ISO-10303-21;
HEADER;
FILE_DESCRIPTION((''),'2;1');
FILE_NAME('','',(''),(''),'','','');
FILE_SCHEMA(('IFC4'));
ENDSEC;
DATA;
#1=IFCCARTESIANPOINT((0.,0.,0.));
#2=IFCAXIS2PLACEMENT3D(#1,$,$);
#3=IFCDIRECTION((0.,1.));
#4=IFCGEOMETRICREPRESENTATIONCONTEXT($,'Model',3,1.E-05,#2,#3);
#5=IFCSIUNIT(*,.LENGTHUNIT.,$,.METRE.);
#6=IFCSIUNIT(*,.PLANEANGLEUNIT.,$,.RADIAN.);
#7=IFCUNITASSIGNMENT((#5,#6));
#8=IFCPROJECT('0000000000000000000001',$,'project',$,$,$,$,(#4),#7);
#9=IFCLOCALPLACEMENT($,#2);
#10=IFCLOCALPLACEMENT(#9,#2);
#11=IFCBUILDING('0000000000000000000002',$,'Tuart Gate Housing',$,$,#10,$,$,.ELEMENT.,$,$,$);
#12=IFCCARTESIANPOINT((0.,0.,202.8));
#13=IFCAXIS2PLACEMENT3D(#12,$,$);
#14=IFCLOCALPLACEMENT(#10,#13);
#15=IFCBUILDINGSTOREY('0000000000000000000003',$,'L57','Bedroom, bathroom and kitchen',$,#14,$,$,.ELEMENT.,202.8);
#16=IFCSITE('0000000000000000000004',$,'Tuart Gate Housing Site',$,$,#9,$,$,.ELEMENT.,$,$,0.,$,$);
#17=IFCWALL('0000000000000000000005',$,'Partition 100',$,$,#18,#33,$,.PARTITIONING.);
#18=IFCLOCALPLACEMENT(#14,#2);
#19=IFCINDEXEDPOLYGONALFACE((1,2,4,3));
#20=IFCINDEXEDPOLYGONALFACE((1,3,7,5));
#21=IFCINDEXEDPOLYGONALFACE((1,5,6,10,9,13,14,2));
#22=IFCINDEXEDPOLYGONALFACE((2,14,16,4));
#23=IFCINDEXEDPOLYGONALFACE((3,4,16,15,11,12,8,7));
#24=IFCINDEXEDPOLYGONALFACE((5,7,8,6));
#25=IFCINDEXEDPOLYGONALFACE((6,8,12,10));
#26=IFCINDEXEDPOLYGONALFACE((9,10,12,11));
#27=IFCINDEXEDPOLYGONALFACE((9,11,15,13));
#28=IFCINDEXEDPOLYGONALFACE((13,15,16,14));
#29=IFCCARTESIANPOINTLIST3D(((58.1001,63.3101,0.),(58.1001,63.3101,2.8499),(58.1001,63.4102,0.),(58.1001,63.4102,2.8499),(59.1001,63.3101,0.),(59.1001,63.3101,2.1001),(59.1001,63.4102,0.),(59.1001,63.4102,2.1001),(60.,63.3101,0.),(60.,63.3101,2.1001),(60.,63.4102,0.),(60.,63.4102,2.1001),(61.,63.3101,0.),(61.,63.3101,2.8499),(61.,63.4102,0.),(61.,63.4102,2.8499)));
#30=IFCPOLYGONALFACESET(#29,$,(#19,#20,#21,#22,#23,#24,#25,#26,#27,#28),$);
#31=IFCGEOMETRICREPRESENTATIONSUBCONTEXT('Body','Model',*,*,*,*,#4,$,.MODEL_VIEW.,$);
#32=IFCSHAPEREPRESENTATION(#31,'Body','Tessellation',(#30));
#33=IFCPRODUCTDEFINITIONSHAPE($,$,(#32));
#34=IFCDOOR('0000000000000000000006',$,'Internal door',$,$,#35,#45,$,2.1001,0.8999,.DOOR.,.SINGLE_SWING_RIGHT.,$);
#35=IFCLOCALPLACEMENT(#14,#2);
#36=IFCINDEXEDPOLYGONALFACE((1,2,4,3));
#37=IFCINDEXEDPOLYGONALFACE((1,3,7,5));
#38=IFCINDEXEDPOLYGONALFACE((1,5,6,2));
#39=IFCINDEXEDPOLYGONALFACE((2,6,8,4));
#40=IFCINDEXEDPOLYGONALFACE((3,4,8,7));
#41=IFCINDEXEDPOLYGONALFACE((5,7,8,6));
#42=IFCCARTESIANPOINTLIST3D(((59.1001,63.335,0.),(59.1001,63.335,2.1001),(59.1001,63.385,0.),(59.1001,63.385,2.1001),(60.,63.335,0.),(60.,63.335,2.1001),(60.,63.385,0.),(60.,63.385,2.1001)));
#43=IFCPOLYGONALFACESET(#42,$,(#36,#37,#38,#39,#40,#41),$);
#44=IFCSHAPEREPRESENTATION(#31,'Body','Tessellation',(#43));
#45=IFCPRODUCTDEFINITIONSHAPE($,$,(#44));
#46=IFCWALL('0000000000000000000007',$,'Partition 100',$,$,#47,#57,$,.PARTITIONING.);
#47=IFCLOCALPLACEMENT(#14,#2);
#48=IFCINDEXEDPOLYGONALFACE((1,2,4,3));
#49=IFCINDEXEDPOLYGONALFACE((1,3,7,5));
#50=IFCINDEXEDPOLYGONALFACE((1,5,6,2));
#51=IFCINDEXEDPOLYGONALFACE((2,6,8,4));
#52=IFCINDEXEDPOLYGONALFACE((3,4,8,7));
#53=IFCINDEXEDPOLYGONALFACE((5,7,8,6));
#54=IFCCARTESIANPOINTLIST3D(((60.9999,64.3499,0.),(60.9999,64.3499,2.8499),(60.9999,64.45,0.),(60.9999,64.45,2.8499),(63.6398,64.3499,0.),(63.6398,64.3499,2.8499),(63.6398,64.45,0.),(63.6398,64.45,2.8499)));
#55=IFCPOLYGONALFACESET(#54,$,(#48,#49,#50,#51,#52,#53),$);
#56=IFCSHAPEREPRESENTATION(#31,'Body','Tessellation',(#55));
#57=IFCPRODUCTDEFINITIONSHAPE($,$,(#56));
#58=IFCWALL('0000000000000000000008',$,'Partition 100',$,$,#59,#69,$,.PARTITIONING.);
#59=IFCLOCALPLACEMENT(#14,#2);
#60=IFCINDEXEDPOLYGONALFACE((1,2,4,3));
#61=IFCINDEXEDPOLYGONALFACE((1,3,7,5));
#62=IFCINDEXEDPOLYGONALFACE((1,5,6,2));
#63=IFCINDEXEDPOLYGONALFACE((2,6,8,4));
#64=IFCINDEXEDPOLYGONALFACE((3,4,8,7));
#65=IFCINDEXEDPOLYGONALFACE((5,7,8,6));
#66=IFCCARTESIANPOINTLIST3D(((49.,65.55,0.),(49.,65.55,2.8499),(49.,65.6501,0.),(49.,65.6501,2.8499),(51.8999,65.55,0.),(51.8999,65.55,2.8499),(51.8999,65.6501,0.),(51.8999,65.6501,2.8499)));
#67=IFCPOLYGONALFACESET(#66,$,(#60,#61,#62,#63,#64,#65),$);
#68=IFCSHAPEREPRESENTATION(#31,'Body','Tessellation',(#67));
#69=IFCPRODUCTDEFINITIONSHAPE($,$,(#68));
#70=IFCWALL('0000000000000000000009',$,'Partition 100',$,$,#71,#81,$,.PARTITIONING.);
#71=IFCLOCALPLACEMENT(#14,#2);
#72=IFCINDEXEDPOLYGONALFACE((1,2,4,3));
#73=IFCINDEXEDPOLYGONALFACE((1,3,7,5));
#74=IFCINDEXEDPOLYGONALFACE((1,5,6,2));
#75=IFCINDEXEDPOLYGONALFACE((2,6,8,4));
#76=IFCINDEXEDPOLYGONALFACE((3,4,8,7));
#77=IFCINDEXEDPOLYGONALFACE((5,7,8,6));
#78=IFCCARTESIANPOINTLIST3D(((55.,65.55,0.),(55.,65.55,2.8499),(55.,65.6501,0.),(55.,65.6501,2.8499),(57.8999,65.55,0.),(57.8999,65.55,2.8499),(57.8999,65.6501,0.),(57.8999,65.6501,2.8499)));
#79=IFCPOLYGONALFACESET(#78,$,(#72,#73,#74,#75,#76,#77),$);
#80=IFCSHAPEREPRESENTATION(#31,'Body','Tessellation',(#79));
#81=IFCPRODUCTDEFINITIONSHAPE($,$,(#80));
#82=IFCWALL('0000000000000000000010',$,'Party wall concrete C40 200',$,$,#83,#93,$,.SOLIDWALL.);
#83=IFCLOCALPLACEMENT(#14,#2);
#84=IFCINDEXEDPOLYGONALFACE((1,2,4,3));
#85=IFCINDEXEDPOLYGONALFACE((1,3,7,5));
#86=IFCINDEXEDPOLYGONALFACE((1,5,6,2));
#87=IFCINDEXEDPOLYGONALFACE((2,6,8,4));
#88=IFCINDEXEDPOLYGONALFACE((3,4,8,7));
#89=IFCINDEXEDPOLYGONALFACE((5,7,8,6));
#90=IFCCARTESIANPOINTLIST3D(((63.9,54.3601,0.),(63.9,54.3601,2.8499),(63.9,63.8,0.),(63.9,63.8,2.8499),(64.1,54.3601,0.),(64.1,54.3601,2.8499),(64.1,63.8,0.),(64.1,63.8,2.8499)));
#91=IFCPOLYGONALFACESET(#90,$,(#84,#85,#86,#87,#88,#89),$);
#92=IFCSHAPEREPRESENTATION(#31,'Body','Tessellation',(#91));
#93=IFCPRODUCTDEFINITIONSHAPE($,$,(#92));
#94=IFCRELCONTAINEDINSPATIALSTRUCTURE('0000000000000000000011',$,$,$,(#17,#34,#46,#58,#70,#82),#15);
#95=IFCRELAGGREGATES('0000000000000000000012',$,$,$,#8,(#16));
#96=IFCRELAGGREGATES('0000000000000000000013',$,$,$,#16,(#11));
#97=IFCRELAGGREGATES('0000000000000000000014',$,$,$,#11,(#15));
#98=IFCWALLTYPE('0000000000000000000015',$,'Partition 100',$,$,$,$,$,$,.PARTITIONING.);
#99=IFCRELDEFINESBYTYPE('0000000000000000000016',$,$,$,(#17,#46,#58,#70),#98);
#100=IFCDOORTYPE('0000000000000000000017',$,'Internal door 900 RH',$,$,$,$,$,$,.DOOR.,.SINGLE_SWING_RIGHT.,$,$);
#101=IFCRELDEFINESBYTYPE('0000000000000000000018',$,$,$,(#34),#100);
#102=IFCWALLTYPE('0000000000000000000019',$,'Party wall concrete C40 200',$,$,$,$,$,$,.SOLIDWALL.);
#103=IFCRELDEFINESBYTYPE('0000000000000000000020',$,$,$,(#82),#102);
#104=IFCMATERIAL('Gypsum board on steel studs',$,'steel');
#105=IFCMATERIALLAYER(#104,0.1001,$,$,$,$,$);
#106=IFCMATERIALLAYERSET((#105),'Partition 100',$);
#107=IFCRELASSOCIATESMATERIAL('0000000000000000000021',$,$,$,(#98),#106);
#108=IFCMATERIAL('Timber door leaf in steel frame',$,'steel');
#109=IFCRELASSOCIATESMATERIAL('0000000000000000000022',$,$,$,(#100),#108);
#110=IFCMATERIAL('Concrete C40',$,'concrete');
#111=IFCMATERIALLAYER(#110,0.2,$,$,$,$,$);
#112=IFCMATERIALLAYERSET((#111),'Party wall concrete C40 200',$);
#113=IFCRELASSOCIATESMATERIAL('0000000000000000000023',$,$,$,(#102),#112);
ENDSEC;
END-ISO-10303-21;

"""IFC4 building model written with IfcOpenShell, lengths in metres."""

from ifc_helpers import new_model, si_unit, direction, frame, frame_2d, origin, place, context, subcontext, project, spatial, rectangle, extrude, material, layer, layer_set, type_object, element, fill, save


model = new_model("IFC4")

# Units and contexts
model_context = context("Model", 3, precision=1e-05, world=origin(), true_north=direction((0.0, 1.0)))
body_context = subcontext(model_context, "Body", "Model", "MODEL_VIEW")
ifc_project = project(units=[si_unit("LENGTHUNIT", "METRE"), si_unit("PLANEANGLEUNIT", "RADIAN")], contexts=[model_context])

# Site, building, storey
site_placement = place(None, origin())
site = spatial("IfcSite", under=ifc_project, at=site_placement, Name="Tuart Gate Housing Site", CompositionType="ELEMENT", RefElevation=0.0)
building_placement = place(site_placement, origin())
building = spatial("IfcBuilding", under=site, at=building_placement, Name="Tuart Gate Housing", CompositionType="ELEMENT")
storey_placement = place(building_placement, frame((0.0, 0.0, 202.8)))
storey = spatial("IfcBuildingStorey", under=building, at=storey_placement, Name="L57", Description="Bedroom, bathroom and kitchen", CompositionType="ELEMENT", Elevation=202.8)

# Wall, opening, door
ifc_material_1 = material(Name="Gypsum board on steel studs", Category="steel")
ifc_layer_1 = layer(ifc_material_1, 0.1001)
ifc_layer_set_1 = layer_set([ifc_layer_1], Name="Partition 100")
wall_type_1 = type_object("IfcWallType", Name="Partition 100", PredefinedType="PARTITIONING", material=ifc_layer_set_1)
ifc_material_2 = material(Name="Timber door leaf in steel frame", Category="steel")
door_type_1 = type_object("IfcDoorType", Name="Internal door 900 RH", OperationType="SINGLE_SWING_RIGHT", PredefinedType="DOOR", material=ifc_material_2)
wall_1_placement = place(storey_placement, frame((58.1001, 63.3601, 0.0), z_axis=(0.0, 0.0, 1.0), x_axis=(1.0, 0.0, 0.0)))
wall_1 = element("IfcWall", 1, at=wall_1_placement, inside=storey, type_object=wall_type_1, Name="Partition 100", PredefinedType="PARTITIONING", context=body_context, shape_type="SweptSolid", body=[
    extrude(rectangle(XDim=2.8999, YDim=0.1001, at=frame_2d((1.45, 0.0))), origin(), (0.0, 0.0, 1.0), 2.8499),
])
opening_1_placement = place(wall_1_placement, frame((1.0, 0.0, 0.0)))
opening_1 = element("IfcOpeningElement", 2, at=opening_1_placement, cuts=wall_1, PredefinedType="OPENING", context=body_context, shape_type="SweptSolid", body=[
    extrude(rectangle(XDim=0.8999, YDim=2.1001, at=frame_2d((0.45, 1.05))), frame((0.0, 0.0601, 0.0), z_axis=(0.0, -1.0, 0.0), x_axis=(1.0, 0.0, 0.0)), (0.0, 0.0, 1.0), 0.1201),
])
door_1_placement = place(opening_1_placement, origin())
door_1 = element("IfcDoor", 3, at=door_1_placement, inside=storey, type_object=door_type_1, Name="Internal door", OperationType="SINGLE_SWING_RIGHT", OverallHeight=2.1001, OverallWidth=0.8999, PredefinedType="DOOR", context=body_context, shape_type="SweptSolid", body=[
    extrude(rectangle(XDim=0.8999, YDim=2.1001, at=frame_2d((0.45, 1.05))), frame((0.0, 0.0249, 0.0), z_axis=(0.0, -1.0, 0.0), x_axis=(1.0, 0.0, 0.0)), (0.0, 0.0, 1.0), 0.05),
])
fill(opening_1, door_1)

# Walls
wall_2_placement = place(storey_placement, frame((61.0, 64.3999, 0.0), z_axis=(0.0, 0.0, 1.0), x_axis=(1.0, 0.0, 0.0)))
element("IfcWall", 4, at=wall_2_placement, inside=storey, type_object=wall_type_1, Name="Partition 100", PredefinedType="PARTITIONING", context=body_context, shape_type="SweptSolid", body=[
    extrude(rectangle(XDim=2.6399, YDim=0.1001, at=frame_2d((1.3198, 0.0))), origin(), (0.0, 0.0, 1.0), 2.8499),
])
for number, where, z_axis, x_axis, name in (
    (5, (49.0, 65.6001, 0.0), (0.0, 0.0, 1.0), (1.0, 0.0, 0.0), "Partition 100"),
    (6, (55.0, 65.6001, 0.0), (0.0, 0.0, 1.0), (1.0, 0.0, 0.0), "Partition 100"),
):
    element("IfcWall", number, at=place(storey_placement, frame(where, z_axis=z_axis, x_axis=x_axis)), inside=storey, type_object=wall_type_1, Name=name, PredefinedType="PARTITIONING", context=body_context, shape_type="SweptSolid", body=[
        extrude(rectangle(XDim=2.8999, YDim=0.1001, at=frame_2d((1.45, 0.0))), origin(), (0.0, 0.0, 1.0), 2.8499),
    ])
ifc_material_3 = material(Name="Concrete C40", Category="concrete")
ifc_layer_2 = layer(ifc_material_3, 0.2)
ifc_layer_set_2 = layer_set([ifc_layer_2], Name="Party wall concrete C40 200")
wall_type_2 = type_object("IfcWallType", Name="Party wall concrete C40 200", PredefinedType="SOLIDWALL", material=ifc_layer_set_2)
wall_3_placement = place(storey_placement, frame((64.0, 54.3601, 0.0), z_axis=(0.0, 0.0, 1.0), x_axis=(0.0, 1.0, 0.0)))
element("IfcWall", 7, at=wall_3_placement, inside=storey, type_object=wall_type_2, Name="Party wall concrete C40 200", PredefinedType="SOLIDWALL", context=body_context, shape_type="SweptSolid", body=[
    extrude(rectangle(XDim=9.4399, YDim=0.2, at=frame_2d((4.72, 0.0))), origin(), (0.0, 0.0, 1.0), 2.8499),
])

save(model, "model.ifc")
